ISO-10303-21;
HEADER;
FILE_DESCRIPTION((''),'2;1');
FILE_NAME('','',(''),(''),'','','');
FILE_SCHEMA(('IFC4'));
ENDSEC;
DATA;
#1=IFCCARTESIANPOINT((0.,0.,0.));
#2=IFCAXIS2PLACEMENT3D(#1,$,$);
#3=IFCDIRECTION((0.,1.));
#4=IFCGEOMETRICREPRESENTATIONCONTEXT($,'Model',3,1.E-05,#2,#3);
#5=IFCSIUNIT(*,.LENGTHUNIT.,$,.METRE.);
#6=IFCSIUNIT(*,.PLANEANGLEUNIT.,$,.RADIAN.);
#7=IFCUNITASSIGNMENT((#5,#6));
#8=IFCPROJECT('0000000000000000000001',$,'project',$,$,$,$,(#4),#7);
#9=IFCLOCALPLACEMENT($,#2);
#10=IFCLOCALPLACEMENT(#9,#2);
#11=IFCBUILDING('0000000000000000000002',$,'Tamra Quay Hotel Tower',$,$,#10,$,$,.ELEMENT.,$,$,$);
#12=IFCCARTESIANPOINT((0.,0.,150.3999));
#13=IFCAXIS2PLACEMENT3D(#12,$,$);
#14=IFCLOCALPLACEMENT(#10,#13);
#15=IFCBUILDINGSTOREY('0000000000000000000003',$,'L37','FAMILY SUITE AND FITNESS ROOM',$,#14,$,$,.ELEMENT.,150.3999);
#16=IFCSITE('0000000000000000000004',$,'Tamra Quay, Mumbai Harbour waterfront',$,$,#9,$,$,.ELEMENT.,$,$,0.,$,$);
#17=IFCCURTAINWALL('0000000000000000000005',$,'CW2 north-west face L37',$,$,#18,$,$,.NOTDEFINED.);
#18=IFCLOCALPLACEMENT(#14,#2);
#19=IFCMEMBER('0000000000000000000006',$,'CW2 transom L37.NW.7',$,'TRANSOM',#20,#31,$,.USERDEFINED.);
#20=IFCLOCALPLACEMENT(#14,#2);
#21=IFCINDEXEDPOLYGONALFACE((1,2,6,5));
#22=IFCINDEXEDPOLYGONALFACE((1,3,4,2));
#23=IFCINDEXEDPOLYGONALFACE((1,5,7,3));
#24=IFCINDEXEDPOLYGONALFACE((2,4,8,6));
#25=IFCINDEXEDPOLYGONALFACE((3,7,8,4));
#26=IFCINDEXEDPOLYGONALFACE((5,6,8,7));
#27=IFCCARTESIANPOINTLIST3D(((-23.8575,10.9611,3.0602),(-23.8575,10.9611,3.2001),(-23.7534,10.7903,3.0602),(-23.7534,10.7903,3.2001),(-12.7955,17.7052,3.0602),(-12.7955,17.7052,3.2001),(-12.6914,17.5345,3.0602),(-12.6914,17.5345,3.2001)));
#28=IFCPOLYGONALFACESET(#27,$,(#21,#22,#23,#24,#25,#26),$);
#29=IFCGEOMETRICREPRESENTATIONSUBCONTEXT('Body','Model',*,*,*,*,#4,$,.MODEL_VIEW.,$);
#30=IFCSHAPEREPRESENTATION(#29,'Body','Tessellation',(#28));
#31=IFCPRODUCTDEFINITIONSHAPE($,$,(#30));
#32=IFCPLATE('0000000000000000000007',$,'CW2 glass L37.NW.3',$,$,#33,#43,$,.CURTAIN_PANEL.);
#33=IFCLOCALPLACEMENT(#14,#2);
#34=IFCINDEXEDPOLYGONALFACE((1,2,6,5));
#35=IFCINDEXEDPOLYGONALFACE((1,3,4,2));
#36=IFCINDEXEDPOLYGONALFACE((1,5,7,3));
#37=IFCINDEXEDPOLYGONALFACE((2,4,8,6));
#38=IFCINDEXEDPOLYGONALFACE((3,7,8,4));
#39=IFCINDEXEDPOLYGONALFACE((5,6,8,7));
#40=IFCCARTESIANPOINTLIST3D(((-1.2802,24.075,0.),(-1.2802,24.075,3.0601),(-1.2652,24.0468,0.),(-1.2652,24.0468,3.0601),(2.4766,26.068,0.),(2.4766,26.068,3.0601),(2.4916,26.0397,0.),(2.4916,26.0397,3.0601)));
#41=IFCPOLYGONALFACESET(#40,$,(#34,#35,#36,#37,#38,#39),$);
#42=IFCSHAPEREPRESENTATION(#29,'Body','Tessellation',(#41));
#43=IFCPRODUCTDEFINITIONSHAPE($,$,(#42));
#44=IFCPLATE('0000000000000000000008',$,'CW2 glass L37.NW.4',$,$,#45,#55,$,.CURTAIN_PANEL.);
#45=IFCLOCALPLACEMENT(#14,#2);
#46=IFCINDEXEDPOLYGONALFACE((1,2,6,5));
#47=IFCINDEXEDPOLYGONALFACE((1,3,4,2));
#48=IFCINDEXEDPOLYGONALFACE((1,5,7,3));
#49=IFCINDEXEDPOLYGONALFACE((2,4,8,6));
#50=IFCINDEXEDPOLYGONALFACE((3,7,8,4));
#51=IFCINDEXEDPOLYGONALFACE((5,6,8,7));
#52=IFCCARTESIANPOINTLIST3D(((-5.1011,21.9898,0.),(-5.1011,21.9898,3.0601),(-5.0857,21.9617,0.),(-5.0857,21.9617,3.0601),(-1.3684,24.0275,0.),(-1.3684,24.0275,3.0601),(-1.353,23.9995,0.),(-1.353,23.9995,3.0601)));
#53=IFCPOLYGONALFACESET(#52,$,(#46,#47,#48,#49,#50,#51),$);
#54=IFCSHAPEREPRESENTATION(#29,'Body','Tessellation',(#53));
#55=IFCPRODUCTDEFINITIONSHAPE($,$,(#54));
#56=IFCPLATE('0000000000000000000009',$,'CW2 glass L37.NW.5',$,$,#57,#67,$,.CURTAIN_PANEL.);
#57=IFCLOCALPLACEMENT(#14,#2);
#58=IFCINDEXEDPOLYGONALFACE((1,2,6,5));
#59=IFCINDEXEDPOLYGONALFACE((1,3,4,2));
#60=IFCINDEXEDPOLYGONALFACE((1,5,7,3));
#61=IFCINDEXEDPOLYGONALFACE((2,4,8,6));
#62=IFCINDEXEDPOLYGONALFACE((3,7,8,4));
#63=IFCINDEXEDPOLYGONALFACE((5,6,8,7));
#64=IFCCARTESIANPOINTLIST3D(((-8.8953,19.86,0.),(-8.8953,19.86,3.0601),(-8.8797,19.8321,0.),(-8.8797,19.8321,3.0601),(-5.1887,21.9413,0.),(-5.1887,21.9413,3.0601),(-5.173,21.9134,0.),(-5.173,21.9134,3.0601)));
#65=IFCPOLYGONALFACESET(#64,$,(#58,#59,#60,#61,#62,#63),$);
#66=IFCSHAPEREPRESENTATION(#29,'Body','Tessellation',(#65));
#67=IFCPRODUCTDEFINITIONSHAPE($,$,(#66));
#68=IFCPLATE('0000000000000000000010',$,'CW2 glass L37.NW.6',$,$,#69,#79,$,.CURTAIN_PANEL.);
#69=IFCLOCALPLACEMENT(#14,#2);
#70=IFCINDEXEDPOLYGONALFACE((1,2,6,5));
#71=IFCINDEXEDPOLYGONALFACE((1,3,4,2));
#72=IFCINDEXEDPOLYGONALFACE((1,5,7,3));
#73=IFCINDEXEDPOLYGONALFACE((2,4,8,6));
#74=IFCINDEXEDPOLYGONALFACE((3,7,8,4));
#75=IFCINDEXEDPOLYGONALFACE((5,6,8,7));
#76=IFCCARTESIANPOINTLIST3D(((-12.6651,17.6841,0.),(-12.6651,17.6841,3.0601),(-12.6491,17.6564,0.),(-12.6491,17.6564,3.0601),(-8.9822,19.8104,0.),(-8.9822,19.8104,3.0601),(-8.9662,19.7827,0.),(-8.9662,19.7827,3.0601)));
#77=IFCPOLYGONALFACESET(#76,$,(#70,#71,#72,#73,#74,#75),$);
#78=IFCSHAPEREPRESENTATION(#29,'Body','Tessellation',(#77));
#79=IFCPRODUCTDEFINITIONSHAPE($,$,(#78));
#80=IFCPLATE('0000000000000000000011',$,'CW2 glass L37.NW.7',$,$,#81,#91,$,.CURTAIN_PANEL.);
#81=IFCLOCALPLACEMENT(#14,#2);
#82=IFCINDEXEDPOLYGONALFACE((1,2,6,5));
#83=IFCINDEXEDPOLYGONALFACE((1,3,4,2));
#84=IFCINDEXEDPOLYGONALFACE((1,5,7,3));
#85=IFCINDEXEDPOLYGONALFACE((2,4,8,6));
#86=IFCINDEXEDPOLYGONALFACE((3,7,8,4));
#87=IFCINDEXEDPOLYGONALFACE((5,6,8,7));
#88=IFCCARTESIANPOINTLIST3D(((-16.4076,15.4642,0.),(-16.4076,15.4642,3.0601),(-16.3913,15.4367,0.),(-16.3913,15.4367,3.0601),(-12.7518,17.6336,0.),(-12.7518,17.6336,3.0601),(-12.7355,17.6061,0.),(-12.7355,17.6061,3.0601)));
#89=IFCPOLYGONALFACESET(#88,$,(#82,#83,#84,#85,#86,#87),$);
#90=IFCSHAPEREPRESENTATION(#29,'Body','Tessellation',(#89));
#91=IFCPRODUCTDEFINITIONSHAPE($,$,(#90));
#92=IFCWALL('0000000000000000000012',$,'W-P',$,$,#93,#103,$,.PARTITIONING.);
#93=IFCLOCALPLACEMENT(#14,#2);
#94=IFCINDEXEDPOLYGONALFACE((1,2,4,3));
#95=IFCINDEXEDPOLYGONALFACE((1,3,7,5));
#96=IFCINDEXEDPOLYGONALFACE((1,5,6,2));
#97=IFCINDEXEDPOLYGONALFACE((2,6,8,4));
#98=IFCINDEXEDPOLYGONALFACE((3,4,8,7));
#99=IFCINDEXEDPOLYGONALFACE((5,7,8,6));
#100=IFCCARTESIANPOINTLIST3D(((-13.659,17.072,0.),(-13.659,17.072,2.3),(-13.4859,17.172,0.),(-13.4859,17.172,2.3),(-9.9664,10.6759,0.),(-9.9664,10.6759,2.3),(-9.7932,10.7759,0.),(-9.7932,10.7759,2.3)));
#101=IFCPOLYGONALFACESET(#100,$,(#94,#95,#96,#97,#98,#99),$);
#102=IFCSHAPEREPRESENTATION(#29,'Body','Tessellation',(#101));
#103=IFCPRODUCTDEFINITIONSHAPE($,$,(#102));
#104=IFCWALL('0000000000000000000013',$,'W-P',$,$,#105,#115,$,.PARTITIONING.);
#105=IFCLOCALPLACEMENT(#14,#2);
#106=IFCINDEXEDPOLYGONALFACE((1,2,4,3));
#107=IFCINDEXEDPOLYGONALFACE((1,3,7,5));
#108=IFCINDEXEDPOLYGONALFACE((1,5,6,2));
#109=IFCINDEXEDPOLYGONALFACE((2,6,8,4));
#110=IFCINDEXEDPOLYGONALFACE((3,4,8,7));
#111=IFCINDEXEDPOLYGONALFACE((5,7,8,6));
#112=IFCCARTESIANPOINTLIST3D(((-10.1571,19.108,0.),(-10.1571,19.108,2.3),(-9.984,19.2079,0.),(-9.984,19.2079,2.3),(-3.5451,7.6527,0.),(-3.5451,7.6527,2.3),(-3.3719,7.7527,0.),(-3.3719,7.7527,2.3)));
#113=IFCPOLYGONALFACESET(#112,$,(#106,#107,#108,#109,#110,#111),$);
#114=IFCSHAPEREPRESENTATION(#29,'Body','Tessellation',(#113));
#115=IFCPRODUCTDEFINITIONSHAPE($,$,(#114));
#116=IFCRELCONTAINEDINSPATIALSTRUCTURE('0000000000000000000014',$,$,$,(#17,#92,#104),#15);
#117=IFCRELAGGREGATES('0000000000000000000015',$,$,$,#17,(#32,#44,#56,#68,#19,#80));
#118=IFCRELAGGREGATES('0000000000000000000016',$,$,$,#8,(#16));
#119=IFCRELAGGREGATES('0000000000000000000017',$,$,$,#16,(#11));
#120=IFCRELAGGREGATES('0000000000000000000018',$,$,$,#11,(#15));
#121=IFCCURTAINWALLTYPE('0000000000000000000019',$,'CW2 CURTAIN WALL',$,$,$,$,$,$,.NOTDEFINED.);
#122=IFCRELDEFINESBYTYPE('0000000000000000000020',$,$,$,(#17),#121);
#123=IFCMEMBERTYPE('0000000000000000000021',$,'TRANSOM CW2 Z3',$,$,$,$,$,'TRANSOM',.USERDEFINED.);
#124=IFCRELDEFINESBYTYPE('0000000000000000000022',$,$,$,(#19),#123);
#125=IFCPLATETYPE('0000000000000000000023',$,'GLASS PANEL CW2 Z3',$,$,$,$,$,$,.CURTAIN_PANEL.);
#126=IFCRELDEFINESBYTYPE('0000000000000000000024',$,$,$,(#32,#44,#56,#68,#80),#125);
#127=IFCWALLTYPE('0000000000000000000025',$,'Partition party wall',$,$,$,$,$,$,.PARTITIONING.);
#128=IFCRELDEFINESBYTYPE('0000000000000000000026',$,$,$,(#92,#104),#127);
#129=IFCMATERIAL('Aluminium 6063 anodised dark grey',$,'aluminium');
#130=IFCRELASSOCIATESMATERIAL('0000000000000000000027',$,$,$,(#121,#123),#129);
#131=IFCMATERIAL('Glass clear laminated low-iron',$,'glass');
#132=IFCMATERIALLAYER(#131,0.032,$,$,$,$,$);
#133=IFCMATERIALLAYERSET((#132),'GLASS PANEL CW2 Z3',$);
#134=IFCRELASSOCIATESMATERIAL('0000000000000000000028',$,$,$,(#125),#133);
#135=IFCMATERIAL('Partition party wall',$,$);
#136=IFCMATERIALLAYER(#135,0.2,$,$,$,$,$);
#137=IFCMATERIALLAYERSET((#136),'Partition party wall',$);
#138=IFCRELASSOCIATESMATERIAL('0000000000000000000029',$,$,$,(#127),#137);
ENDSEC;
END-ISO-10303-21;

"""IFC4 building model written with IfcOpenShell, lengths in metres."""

from ifc_helpers import new_model, si_unit, direction, frame, frame_2d, origin, origin_2d, place, context, subcontext, project, spatial, rectangle, extrude, material, layer, layer_set, material_profile, profile_set, type_object, element, aggregate, save


model = new_model("IFC4")

# Units and contexts
model_context = context("Model", 3, precision=1e-05, world=origin(), true_north=direction((0.0, 1.0)))
body_context = subcontext(model_context, "Body", "Model", "MODEL_VIEW")
ifc_project = project(units=[si_unit("LENGTHUNIT", "METRE"), si_unit("PLANEANGLEUNIT", "RADIAN")], contexts=[model_context])

# Site, building, storey
site_placement = place(None, origin())
site = spatial("IfcSite", under=ifc_project, at=site_placement, Name="Tamra Quay, Mumbai Harbour waterfront", CompositionType="ELEMENT", RefElevation=0.0)
building_placement = place(site_placement, origin())
building = spatial("IfcBuilding", under=site, at=building_placement, Name="Tamra Quay Hotel Tower", CompositionType="ELEMENT")
storey_placement = place(building_placement, frame((0.0, 0.0, 150.3999)))
storey = spatial("IfcBuildingStorey", under=building, at=storey_placement, Name="L37", Description="FAMILY SUITE AND FITNESS ROOM", CompositionType="ELEMENT", Elevation=150.3999)

# Curtain wall
ifc_material_1 = material(Name="Aluminium 6063 anodised dark grey", Category="aluminium")
curtain_wall_type = type_object("IfcCurtainWallType", Name="CW2 CURTAIN WALL", PredefinedType="NOTDEFINED", material=ifc_material_1)
curtain_wall_placement = place(storey_placement, origin())
curtain_wall = element("IfcCurtainWall", 1, at=curtain_wall_placement, inside=storey, type_object=curtain_wall_type, Name="CW2 north-west face L37", PredefinedType="NOTDEFINED")

# Member
ifc_material_profile_1 = material_profile(ifc_material_1, rectangle(XDim=0.2, YDim=0.1399, at=origin_2d()), Name="TRANSOM 200X140")
ifc_profile_set_1 = profile_set([ifc_material_profile_1], Name="Aluminium 6063 anodised dark grey")
member_type_1 = type_object("IfcMemberType", Name="TRANSOM CW2 Z3", ElementType="TRANSOM", PredefinedType="USERDEFINED", material=ifc_profile_set_1)
member_1_placement = place(storey_placement, frame((-12.7434, 17.6199, 3.1301), z_axis=(-0.85383, -0.520552, 0.0), x_axis=(0.520552, -0.85383, 0.0)))
member_1 = element("IfcMember", 2, at=member_1_placement, type_object=member_type_1, Name="CW2 transom L37.NW.7", ObjectType="TRANSOM", PredefinedType="USERDEFINED", context=body_context, shape_type="SweptSolid", body=[
    extrude(rectangle(XDim=0.2, YDim=0.1399, at=origin_2d()), origin(), (0.0, 0.0, 1.0), 12.9558),
])

# Plates
ifc_material_2 = material(Name="Glass clear laminated low-iron", Category="glass")
ifc_layer_1 = layer(ifc_material_2, 0.032)
ifc_layer_set_1 = layer_set([ifc_layer_1], Name="GLASS PANEL CW2 Z3")
plate_type = type_object("IfcPlateType", Name="GLASS PANEL CW2 Z3", PredefinedType="CURTAIN_PANEL", material=ifc_layer_set_1)
plate_1_placement = place(storey_placement, frame((0.6057, 25.0574, 0.0), z_axis=(0.0, 0.0, 1.0), x_axis=(-0.883392, -0.468636, 0.0)))
plate_1 = element("IfcPlate", 3, at=plate_1_placement, type_object=plate_type, Name="CW2 glass L37.NW.3", PredefinedType="CURTAIN_PANEL", context=body_context, shape_type="SweptSolid", body=[
    extrude(rectangle(XDim=4.2527, YDim=0.032, at=origin_2d()), origin(), (0.0, 0.0, 1.0), 3.0601),
])
plate_2_placement = place(storey_placement, frame((-3.2271, 22.9946, 0.0), z_axis=(0.0, 0.0, 1.0), x_axis=(-0.877726, -0.479163, 0.0)))
plate_2 = element("IfcPlate", 4, at=plate_2_placement, type_object=plate_type, Name="CW2 glass L37.NW.4", PredefinedType="CURTAIN_PANEL", context=body_context, shape_type="SweptSolid", body=[
    extrude(rectangle(XDim=4.2527, YDim=0.032, at=origin_2d()), origin(), (0.0, 0.0, 1.0), 3.0601),
])
plate_3_placement = place(storey_placement, frame((-7.0342, 20.8867, 0.0), z_axis=(0.0, 0.0, 1.0), x_axis=(-0.871942, -0.489609, 0.0)))
plate_3 = element("IfcPlate", 5, at=plate_3_placement, type_object=plate_type, Name="CW2 glass L37.NW.5", PredefinedType="CURTAIN_PANEL", context=body_context, shape_type="SweptSolid", body=[
    extrude(rectangle(XDim=4.251, YDim=0.032, at=origin_2d()), origin(), (0.0, 0.0, 1.0), 3.0601),
])
plate_4_placement = place(storey_placement, frame((-10.8157, 18.7334, 0.0), z_axis=(0.0, 0.0, 1.0), x_axis=(-0.866025, -0.5, 0.0)))
plate_4 = element("IfcPlate", 6, at=plate_4_placement, type_object=plate_type, Name="CW2 glass L37.NW.6", PredefinedType="CURTAIN_PANEL", context=body_context, shape_type="SweptSolid", body=[
    extrude(rectangle(XDim=4.2527, YDim=0.032, at=origin_2d()), origin(), (0.0, 0.0, 1.0), 3.0601),
])
plate_5_placement = place(storey_placement, frame((-14.5715, 16.5352, 0.0), z_axis=(0.0, 0.0, 1.0), x_axis=(-0.859985, -0.510319, 0.0)))
plate_5 = element("IfcPlate", 7, at=plate_5_placement, type_object=plate_type, Name="CW2 glass L37.NW.7", PredefinedType="CURTAIN_PANEL", context=body_context, shape_type="SweptSolid", body=[
    extrude(rectangle(XDim=4.251, YDim=0.032, at=origin_2d()), origin(), (0.0, 0.0, 1.0), 3.0601),
])
aggregate(curtain_wall, [plate_1, plate_2, plate_3, plate_4, member_1, plate_5])

# Walls
ifc_material_3 = material(Name="Partition party wall")
ifc_layer_2 = layer(ifc_material_3, 0.2)
ifc_layer_set_2 = layer_set([ifc_layer_2], Name="Partition party wall")
wall_type = type_object("IfcWallType", Name="Partition party wall", PredefinedType="PARTITIONING", material=ifc_layer_set_2)
wall_1_placement = place(storey_placement, frame((-13.5725, 17.1221, 0.0), z_axis=(0.0, 0.0, 1.0), x_axis=(0.49999, -0.866031, 0.0)))
element("IfcWall", 8, at=wall_1_placement, inside=storey, type_object=wall_type, Name="W-P", PredefinedType="PARTITIONING", context=body_context, shape_type="SweptSolid", body=[
    extrude(rectangle(XDim=7.3855, YDim=0.2, at=frame_2d((3.6929, 0.0))), origin(), (0.0, 0.0, 1.0), 2.3),
])
wall_2_placement = place(storey_placement, frame((-10.0706, 19.158, 0.0), z_axis=(0.0, 0.0, 1.0), x_axis=(0.499905, -0.86608, 0.0)))
element("IfcWall", 9, at=wall_2_placement, inside=storey, type_object=wall_type, Name="W-P", PredefinedType="PARTITIONING", context=body_context, shape_type="SweptSolid", body=[
    extrude(rectangle(XDim=13.2266, YDim=0.2, at=frame_2d((6.6133, 0.0))), origin(), (0.0, 0.0, 1.0), 2.3),
])

save(model, "model.ifc")
